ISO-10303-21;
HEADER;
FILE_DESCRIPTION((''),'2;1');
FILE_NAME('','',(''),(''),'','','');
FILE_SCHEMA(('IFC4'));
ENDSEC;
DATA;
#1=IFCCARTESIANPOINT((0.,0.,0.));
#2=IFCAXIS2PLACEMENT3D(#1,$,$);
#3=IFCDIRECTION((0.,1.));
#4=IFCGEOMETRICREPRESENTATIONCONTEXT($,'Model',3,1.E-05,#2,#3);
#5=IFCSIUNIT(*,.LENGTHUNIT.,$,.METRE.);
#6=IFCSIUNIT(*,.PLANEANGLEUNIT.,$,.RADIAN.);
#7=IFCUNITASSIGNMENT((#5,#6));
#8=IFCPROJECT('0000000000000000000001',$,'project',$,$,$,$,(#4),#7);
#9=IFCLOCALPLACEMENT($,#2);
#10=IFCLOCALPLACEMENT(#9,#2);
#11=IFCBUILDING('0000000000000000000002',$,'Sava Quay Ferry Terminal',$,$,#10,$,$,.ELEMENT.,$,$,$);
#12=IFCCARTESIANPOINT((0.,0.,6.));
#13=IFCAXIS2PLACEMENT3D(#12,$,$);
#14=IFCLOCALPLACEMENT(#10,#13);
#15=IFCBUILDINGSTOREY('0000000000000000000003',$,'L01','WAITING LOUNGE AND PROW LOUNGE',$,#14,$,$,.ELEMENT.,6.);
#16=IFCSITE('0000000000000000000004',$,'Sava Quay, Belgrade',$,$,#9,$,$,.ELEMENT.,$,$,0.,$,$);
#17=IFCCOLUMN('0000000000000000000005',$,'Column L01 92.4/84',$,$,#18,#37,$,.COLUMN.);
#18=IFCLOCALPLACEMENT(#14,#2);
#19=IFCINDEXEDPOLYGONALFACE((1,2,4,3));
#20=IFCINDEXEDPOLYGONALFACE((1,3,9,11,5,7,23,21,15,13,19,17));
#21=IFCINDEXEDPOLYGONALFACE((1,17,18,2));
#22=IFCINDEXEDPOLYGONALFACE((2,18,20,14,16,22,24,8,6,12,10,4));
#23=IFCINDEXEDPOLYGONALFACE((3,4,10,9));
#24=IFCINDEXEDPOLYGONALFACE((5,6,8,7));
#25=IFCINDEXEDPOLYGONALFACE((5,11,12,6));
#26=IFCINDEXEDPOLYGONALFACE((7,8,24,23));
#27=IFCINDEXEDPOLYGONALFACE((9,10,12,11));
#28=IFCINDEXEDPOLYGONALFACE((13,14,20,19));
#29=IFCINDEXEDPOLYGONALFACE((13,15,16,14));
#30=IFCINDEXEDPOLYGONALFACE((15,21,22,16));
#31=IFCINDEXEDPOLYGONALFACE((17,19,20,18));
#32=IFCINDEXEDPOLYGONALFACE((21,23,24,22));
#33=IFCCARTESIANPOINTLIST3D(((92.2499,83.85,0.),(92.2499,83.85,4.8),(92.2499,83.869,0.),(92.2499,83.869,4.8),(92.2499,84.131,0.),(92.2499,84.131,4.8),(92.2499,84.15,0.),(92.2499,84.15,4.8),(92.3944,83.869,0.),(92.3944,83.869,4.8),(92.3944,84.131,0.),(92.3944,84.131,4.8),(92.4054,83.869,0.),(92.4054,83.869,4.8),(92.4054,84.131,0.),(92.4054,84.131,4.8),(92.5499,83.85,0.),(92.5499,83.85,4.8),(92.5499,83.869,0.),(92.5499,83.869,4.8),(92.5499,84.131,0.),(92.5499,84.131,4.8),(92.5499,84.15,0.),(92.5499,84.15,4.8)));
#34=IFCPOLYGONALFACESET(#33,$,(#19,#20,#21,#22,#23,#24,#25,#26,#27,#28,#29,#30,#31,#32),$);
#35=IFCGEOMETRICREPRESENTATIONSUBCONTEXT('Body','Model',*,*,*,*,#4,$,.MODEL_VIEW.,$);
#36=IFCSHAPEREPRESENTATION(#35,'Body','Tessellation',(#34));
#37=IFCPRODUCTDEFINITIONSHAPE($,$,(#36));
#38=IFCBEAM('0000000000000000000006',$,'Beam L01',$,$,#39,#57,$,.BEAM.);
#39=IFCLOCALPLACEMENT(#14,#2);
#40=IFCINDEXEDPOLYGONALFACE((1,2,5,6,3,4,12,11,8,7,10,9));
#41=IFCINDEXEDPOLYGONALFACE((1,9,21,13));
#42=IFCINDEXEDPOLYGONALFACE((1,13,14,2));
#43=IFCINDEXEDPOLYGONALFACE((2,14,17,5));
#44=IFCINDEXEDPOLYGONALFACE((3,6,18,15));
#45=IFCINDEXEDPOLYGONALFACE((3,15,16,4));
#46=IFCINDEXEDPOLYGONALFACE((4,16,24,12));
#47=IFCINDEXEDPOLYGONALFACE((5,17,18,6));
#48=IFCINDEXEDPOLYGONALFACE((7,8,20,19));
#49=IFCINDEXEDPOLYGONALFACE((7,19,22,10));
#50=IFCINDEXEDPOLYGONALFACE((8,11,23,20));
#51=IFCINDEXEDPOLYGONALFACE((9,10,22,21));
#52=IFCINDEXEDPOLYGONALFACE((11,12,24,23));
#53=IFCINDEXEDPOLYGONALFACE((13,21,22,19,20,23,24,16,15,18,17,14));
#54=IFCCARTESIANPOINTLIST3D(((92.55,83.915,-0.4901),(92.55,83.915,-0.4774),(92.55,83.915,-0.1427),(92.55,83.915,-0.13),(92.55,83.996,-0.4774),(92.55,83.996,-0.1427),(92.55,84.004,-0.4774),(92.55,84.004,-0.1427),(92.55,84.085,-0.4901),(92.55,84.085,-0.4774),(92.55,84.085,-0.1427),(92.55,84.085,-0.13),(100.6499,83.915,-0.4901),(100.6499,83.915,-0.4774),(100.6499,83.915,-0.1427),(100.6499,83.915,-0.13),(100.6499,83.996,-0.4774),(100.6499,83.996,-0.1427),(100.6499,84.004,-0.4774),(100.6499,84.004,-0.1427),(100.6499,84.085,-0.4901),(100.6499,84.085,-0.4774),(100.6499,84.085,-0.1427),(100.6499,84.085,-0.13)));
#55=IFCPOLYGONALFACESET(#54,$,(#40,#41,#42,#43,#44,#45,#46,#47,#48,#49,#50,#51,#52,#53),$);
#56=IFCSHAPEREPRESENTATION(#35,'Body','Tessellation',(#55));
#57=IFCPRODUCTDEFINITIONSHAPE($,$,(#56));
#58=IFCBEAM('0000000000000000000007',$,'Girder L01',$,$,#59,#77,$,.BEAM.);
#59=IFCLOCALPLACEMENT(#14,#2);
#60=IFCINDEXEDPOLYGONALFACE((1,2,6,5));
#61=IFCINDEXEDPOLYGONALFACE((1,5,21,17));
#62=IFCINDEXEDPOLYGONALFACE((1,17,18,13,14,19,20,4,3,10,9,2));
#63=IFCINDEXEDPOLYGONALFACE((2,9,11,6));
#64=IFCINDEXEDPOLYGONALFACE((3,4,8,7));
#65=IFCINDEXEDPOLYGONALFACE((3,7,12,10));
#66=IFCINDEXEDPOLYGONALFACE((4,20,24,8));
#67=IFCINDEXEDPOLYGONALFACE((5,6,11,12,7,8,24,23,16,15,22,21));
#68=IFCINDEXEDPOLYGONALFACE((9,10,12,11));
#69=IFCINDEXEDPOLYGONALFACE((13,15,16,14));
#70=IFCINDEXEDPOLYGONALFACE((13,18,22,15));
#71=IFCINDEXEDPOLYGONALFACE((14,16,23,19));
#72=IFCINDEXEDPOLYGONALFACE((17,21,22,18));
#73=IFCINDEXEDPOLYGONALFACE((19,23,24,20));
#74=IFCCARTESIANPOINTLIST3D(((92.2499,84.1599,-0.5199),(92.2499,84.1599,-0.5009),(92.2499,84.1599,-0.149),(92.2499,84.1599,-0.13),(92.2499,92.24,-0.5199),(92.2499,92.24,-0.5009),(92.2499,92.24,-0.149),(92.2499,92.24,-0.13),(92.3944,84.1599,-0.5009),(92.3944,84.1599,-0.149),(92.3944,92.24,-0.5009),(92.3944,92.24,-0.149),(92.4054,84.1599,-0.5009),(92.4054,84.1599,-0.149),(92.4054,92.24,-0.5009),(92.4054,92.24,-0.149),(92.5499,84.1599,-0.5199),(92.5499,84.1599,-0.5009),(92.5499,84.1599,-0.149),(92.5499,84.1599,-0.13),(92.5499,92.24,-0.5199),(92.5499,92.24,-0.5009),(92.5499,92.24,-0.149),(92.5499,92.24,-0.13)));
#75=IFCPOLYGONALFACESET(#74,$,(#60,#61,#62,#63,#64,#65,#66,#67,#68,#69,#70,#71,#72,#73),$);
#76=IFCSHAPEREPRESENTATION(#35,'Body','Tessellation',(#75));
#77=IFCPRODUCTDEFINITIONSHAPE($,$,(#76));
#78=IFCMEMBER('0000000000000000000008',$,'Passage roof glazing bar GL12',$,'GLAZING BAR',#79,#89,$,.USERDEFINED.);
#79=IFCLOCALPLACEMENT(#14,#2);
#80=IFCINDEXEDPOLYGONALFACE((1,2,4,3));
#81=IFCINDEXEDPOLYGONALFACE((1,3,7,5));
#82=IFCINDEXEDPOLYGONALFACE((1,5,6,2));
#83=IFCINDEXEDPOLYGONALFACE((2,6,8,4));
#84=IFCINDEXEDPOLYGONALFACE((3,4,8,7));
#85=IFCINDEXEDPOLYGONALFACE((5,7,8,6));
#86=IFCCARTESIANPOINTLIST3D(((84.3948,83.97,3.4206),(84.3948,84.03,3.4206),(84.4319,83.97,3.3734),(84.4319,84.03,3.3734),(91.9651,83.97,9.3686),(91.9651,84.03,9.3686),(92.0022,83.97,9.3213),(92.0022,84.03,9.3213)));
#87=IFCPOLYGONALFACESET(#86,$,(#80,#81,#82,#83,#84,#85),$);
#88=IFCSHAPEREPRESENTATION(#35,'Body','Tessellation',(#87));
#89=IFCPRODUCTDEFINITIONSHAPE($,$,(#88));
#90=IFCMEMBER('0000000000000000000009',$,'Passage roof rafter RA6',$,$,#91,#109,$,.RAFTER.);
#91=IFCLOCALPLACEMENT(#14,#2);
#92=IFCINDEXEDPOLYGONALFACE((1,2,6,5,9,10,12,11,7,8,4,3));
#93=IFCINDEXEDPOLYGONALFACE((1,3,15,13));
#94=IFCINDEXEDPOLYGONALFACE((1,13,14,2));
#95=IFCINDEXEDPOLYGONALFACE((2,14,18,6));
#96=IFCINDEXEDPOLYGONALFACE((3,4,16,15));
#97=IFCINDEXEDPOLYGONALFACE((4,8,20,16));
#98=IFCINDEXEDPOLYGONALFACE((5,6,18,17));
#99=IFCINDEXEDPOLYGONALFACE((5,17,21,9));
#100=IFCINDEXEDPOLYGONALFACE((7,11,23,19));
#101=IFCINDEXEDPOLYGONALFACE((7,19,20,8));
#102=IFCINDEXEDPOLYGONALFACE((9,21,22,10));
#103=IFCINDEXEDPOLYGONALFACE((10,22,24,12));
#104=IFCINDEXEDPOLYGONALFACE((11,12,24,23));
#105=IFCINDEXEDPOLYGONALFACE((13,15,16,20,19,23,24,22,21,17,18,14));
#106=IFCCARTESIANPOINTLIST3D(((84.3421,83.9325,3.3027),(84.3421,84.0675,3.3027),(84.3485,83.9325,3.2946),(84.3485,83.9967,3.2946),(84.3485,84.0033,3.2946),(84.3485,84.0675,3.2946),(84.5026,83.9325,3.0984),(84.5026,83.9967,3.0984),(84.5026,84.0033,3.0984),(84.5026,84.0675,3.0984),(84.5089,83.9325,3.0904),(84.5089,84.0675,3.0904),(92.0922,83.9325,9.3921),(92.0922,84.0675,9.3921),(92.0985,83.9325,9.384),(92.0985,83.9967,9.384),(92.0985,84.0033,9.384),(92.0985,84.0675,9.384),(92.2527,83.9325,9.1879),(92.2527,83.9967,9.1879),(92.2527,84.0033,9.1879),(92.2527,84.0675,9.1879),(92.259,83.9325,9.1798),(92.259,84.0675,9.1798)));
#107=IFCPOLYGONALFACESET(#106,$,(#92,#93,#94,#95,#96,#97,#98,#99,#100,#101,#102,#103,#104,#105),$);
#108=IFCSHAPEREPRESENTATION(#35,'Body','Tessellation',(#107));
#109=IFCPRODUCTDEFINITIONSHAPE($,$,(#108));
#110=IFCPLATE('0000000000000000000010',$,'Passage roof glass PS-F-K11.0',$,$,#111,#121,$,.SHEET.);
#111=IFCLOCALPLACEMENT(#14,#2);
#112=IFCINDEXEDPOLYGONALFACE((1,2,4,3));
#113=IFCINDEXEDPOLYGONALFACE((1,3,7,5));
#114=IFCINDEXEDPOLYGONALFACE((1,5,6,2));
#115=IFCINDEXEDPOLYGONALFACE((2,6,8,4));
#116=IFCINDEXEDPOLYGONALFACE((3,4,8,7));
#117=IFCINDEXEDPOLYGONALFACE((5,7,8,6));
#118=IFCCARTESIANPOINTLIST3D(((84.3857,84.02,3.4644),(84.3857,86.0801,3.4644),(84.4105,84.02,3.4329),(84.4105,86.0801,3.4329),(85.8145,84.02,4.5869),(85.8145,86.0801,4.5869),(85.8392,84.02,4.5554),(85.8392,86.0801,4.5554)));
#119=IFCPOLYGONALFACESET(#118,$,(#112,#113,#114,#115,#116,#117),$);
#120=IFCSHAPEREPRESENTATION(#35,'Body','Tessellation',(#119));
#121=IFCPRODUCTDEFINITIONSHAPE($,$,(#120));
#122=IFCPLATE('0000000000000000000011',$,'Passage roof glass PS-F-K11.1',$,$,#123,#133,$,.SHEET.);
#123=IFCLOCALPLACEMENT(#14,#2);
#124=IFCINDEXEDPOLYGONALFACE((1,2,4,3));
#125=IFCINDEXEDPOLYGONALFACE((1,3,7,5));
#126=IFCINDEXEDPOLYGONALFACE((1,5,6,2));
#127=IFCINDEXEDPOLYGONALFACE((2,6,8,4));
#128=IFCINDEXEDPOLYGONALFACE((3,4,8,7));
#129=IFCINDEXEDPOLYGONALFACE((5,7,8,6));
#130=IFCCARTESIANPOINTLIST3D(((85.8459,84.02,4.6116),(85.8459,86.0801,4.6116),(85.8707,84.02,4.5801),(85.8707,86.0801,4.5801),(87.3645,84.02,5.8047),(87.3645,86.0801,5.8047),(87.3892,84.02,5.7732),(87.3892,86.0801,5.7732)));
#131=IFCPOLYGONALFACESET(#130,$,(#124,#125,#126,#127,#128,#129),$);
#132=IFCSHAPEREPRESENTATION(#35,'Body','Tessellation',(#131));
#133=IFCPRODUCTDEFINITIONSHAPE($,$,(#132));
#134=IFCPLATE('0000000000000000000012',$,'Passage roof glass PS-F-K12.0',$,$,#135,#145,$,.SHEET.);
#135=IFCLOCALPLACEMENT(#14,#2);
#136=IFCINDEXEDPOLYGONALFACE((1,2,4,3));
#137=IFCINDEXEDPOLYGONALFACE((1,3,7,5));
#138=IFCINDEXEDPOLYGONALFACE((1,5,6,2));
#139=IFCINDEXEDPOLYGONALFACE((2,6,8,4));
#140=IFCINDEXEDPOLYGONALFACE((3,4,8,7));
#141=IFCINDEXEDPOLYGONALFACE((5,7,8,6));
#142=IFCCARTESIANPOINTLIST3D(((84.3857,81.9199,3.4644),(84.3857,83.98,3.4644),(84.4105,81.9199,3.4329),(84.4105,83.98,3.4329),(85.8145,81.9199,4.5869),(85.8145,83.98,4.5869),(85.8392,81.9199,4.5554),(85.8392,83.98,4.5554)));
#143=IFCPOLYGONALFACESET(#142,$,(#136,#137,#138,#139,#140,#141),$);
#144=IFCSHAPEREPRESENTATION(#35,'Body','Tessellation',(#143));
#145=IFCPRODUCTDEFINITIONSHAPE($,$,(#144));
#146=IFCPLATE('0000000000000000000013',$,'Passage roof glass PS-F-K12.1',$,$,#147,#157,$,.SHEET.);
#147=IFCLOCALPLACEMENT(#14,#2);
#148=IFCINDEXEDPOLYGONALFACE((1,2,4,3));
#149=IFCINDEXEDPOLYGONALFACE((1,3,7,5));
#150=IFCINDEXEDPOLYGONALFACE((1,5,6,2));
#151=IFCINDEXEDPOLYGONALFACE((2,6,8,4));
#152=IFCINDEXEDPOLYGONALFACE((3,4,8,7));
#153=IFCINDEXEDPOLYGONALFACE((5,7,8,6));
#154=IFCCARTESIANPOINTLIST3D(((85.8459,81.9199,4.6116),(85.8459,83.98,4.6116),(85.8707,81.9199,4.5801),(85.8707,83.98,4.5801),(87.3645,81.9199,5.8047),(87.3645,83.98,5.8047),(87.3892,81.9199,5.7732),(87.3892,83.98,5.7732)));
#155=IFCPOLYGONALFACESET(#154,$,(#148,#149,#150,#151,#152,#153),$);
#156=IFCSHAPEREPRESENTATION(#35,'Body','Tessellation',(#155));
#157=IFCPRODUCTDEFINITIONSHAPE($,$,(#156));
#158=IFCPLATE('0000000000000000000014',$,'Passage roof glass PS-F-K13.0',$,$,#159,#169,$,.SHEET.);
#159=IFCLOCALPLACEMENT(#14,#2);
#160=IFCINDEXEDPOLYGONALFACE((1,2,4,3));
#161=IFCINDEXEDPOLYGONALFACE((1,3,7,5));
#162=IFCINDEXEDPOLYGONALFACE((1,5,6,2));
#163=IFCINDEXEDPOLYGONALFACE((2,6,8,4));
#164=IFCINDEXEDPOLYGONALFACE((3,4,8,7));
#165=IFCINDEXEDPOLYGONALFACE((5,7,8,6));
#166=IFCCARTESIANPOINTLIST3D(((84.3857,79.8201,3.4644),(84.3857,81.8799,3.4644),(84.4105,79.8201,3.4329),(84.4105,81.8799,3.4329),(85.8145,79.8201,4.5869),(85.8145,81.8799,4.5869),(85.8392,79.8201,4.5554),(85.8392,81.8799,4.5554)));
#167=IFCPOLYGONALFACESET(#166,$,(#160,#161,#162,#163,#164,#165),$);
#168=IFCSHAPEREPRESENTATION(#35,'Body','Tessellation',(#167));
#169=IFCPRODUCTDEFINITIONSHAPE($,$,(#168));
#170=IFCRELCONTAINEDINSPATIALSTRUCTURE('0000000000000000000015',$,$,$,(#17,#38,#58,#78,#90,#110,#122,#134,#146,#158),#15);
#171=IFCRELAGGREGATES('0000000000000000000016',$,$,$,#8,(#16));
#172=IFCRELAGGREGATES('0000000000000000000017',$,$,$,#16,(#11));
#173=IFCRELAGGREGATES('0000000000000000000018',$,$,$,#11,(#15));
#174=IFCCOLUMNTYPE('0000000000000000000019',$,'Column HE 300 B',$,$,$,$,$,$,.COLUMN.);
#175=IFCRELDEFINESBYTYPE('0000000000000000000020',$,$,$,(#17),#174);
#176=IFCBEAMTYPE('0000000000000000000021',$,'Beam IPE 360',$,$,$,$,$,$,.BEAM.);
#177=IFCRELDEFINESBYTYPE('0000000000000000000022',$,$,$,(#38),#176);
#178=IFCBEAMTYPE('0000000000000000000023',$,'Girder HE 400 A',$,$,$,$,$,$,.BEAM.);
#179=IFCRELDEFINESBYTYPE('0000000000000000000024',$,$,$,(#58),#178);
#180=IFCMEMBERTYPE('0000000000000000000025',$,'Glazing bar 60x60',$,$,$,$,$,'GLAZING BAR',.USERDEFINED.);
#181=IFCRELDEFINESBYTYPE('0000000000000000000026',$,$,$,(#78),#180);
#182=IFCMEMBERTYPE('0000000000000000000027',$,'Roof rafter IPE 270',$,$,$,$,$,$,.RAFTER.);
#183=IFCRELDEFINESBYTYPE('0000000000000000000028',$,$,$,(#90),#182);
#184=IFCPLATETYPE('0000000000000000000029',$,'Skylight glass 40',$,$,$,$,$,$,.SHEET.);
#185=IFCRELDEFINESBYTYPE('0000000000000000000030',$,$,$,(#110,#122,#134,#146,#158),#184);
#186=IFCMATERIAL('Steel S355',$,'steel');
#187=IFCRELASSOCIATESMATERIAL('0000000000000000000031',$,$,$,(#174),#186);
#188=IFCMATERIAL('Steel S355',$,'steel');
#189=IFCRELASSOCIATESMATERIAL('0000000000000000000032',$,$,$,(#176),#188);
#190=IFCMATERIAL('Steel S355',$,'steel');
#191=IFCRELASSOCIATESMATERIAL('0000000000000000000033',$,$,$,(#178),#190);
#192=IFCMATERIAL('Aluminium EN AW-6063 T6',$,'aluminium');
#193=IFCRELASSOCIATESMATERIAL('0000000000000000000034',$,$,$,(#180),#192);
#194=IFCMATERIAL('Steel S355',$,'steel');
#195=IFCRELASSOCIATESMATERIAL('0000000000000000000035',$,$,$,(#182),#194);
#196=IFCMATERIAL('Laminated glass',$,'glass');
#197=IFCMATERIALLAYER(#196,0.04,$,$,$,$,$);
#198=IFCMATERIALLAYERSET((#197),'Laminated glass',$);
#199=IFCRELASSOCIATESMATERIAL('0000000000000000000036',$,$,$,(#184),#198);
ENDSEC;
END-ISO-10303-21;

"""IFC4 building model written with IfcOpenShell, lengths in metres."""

from ifc_helpers import new_model, si_unit, direction, frame, origin, origin_2d, place, context, subcontext, project, spatial, polyline, rectangle, i_section, outline, extrude, material, layer, layer_set, material_profile, profile_set, type_object, element, save


model = new_model("IFC4")

# Units and contexts
model_context = context("Model", 3, precision=1e-05, world=origin(), true_north=direction((0.0, 1.0)))
body_context = subcontext(model_context, "Body", "Model", "MODEL_VIEW")
ifc_project = project(units=[si_unit("LENGTHUNIT", "METRE"), si_unit("PLANEANGLEUNIT", "RADIAN")], contexts=[model_context])

# Site, building, storey
site_placement = place(None, origin())
site = spatial("IfcSite", under=ifc_project, at=site_placement, Name="Sava Quay, Belgrade", CompositionType="ELEMENT", RefElevation=0.0)
building_placement = place(site_placement, origin())
building = spatial("IfcBuilding", under=site, at=building_placement, Name="Sava Quay Ferry Terminal", CompositionType="ELEMENT")
storey_placement = place(building_placement, frame((0.0, 0.0, 6.0)))
storey = spatial("IfcBuildingStorey", under=building, at=storey_placement, Name="L01", Description="WAITING LOUNGE AND PROW LOUNGE", CompositionType="ELEMENT", Elevation=6.0)

# Column
ifc_material_1 = material(Name="Steel S355", Category="steel")
ifc_material_profile_1 = material_profile(ifc_material_1, i_section(OverallWidth=0.3, OverallDepth=0.3, WebThickness=0.011, FlangeThickness=0.019, at=origin_2d()), Name="HE 300 B")
ifc_profile_set_1 = profile_set([ifc_material_profile_1], Name="Steel S355")
column_type = type_object("IfcColumnType", Name="Column HE 300 B", PredefinedType="COLUMN", material=ifc_profile_set_1)
column_placement = place(storey_placement, frame((92.3999, 84.0, 0.0), z_axis=(0.0, 0.0, 1.0), x_axis=(1.0, 0.0, 0.0)))
element("IfcColumn", 1, at=column_placement, inside=storey, type_object=column_type, Name="Column L01 92.4/84", PredefinedType="COLUMN", context=body_context, shape_type="SweptSolid", body=[
    extrude(i_section(OverallWidth=0.3, OverallDepth=0.3, WebThickness=0.011, FlangeThickness=0.019, at=origin_2d()), origin(), (0.0, 0.0, 1.0), 4.8),
])

# Beams
ifc_material_2 = material(Name="Steel S355", Category="steel")
ifc_material_profile_2 = material_profile(ifc_material_2, i_section(OverallWidth=0.1699, OverallDepth=0.3601, WebThickness=0.0081, FlangeThickness=0.0127, at=origin_2d()), Name="IPE 360")
ifc_profile_set_2 = profile_set([ifc_material_profile_2], Name="Steel S355")
beam_type_1 = type_object("IfcBeamType", Name="Beam IPE 360", PredefinedType="BEAM", material=ifc_profile_set_2)
beam_1_placement = place(storey_placement, frame((92.55, 84.0, -0.3101), z_axis=(1.0, 0.0, 0.0), x_axis=(0.0, 1.0, 0.0)))
element("IfcBeam", 2, at=beam_1_placement, inside=storey, type_object=beam_type_1, Name="Beam L01", PredefinedType="BEAM", context=body_context, shape_type="SweptSolid", body=[
    extrude(i_section(OverallWidth=0.1699, OverallDepth=0.3601, WebThickness=0.0081, FlangeThickness=0.0127, at=origin_2d()), origin(), (0.0, 0.0, 1.0), 8.0999),
])
ifc_material_3 = material(Name="Steel S355", Category="steel")
ifc_material_profile_3 = material_profile(ifc_material_3, i_section(OverallWidth=0.3, OverallDepth=0.3899, WebThickness=0.011, FlangeThickness=0.019, at=origin_2d()), Name="HE 400 A")
ifc_profile_set_3 = profile_set([ifc_material_profile_3], Name="Steel S355")
beam_type_2 = type_object("IfcBeamType", Name="Girder HE 400 A", PredefinedType="BEAM", material=ifc_profile_set_3)
beam_2_placement = place(storey_placement, frame((92.3999, 84.1599, -0.325), z_axis=(0.0, 1.0, 0.0), x_axis=(-1.0, 0.0, 0.0)))
element("IfcBeam", 3, at=beam_2_placement, inside=storey, type_object=beam_type_2, Name="Girder L01", PredefinedType="BEAM", context=body_context, shape_type="SweptSolid", body=[
    extrude(i_section(OverallWidth=0.3, OverallDepth=0.3899, WebThickness=0.011, FlangeThickness=0.019, at=origin_2d()), origin(), (0.0, 0.0, 1.0), 8.0801),
])

# Members
ifc_material_4 = material(Name="Aluminium EN AW-6063 T6", Category="aluminium")
ifc_material_profile_4 = material_profile(ifc_material_4, rectangle(XDim=0.0601, YDim=0.0601, at=origin_2d()), Name="Bar 60 x 60")
ifc_profile_set_4 = profile_set([ifc_material_profile_4], Name="Aluminium EN AW-6063 T6")
member_type_1 = type_object("IfcMemberType", Name="Glazing bar 60x60", ElementType="GLAZING BAR", PredefinedType="USERDEFINED", material=ifc_profile_set_4)
member_1_placement = place(storey_placement, frame((84.4133, 84.0, 3.397), z_axis=(0.786324, 0.0, 0.617815), x_axis=(0.0, 1.0, 0.0)))
element("IfcMember", 4, at=member_1_placement, inside=storey, type_object=member_type_1, Name="Passage roof glazing bar GL12", ObjectType="GLAZING BAR", PredefinedType="USERDEFINED", context=body_context, shape_type="SweptSolid", body=[
    extrude(rectangle(XDim=0.0601, YDim=0.0601, at=origin_2d()), origin(), (0.0, 0.0, 1.0), 9.6274),
])
ifc_material_5 = material(Name="Steel S355", Category="steel")
ifc_material_profile_5 = material_profile(ifc_material_5, i_section(OverallWidth=0.135, OverallDepth=0.27, WebThickness=0.0066, FlangeThickness=0.0103, at=origin_2d()), Name="IPE 270")
ifc_profile_set_5 = profile_set([ifc_material_profile_5], Name="Steel S355")
member_type_2 = type_object("IfcMemberType", Name="Roof rafter IPE 270", PredefinedType="RAFTER", material=ifc_profile_set_5)
member_2_placement = place(storey_placement, frame((84.4255, 84.0, 3.1965), z_axis=(0.786315, 0.0, 0.617826), x_axis=(0.0, 1.0, 0.0)))
element("IfcMember", 5, at=member_2_placement, inside=storey, type_object=member_type_2, Name="Passage roof rafter RA6", PredefinedType="RAFTER", context=body_context, shape_type="SweptSolid", body=[
    extrude(i_section(OverallWidth=0.135, OverallDepth=0.27, WebThickness=0.0066, FlangeThickness=0.0103, at=origin_2d()), origin(), (0.0, 0.0, 1.0), 9.8562),
])

# Plates
ifc_material_6 = material(Name="Laminated glass", Category="glass")
ifc_layer_1 = layer(ifc_material_6, 0.04)
ifc_layer_set_1 = layer_set([ifc_layer_1], Name="Laminated glass")
plate_type = type_object("IfcPlateType", Name="Skylight glass 40", PredefinedType="SHEET", material=ifc_layer_set_1)
plate_1_placement = place(storey_placement, frame((85.8145, 86.0801, 4.5869), z_axis=(-0.617822, 0.0, 0.786318), x_axis=(0.0, -1.0, 0.0)))
element("IfcPlate", 6, at=plate_1_placement, inside=storey, type_object=plate_type, Name="Passage roof glass PS-F-K11.0", PredefinedType="SHEET", context=body_context, shape_type="SweptSolid", body=[
    extrude(outline(polyline([(0.0, 0.0), (2.0601, 0.0), (2.0601, -1.817), (0.0, -1.817), (0.0, 0.0)])), origin(), (0.0, 0.0, -1.0), 0.04),
])
plate_2_placement = place(storey_placement, frame((85.8459, 86.0801, 4.6116), z_axis=(-0.61781, 0.0, 0.786327), x_axis=(0.786327, 0.0, 0.61781)))
element("IfcPlate", 7, at=plate_2_placement, inside=storey, type_object=plate_type, Name="Passage roof glass PS-F-K11.1", PredefinedType="SHEET", context=body_context, shape_type="SweptSolid", body=[
    extrude(outline(polyline([(0.0, 0.0), (1.9312, 0.0), (1.9312, -2.0601), (0.0, -2.0601), (0.0, 0.0)])), origin(), (0.0, 0.0, -1.0), 0.04),
])
plate_3_placement = place(storey_placement, frame((85.8145, 83.98, 4.5869), z_axis=(-0.617822, 0.0, 0.786318), x_axis=(0.0, -1.0, 0.0)))
element("IfcPlate", 8, at=plate_3_placement, inside=storey, type_object=plate_type, Name="Passage roof glass PS-F-K12.0", PredefinedType="SHEET", context=body_context, shape_type="SweptSolid", body=[
    extrude(outline(polyline([(0.0, 0.0), (2.0601, 0.0), (2.0601, -1.817), (0.0, -1.817), (0.0, 0.0)])), origin(), (0.0, 0.0, -1.0), 0.04),
])
plate_4_placement = place(storey_placement, frame((85.8459, 83.98, 4.6116), z_axis=(-0.61781, 0.0, 0.786327), x_axis=(0.786327, 0.0, 0.61781)))
element("IfcPlate", 9, at=plate_4_placement, inside=storey, type_object=plate_type, Name="Passage roof glass PS-F-K12.1", PredefinedType="SHEET", context=body_context, shape_type="SweptSolid", body=[
    extrude(outline(polyline([(0.0, 0.0), (1.9312, 0.0), (1.9312, -2.0601), (0.0, -2.0601), (0.0, 0.0)])), origin(), (0.0, 0.0, -1.0), 0.04),
])
plate_5_placement = place(storey_placement, frame((85.8145, 81.8799, 4.5869), z_axis=(-0.617822, 0.0, 0.786318), x_axis=(0.0, -1.0, 0.0)))
element("IfcPlate", 10, at=plate_5_placement, inside=storey, type_object=plate_type, Name="Passage roof glass PS-F-K13.0", PredefinedType="SHEET", context=body_context, shape_type="SweptSolid", body=[
    extrude(outline(polyline([(0.0, 0.0), (2.0598, 0.0), (2.0598, -1.817), (0.0, -1.817), (0.0, 0.0)])), origin(), (0.0, 0.0, -1.0), 0.04),
])

save(model, "model.ifc")
